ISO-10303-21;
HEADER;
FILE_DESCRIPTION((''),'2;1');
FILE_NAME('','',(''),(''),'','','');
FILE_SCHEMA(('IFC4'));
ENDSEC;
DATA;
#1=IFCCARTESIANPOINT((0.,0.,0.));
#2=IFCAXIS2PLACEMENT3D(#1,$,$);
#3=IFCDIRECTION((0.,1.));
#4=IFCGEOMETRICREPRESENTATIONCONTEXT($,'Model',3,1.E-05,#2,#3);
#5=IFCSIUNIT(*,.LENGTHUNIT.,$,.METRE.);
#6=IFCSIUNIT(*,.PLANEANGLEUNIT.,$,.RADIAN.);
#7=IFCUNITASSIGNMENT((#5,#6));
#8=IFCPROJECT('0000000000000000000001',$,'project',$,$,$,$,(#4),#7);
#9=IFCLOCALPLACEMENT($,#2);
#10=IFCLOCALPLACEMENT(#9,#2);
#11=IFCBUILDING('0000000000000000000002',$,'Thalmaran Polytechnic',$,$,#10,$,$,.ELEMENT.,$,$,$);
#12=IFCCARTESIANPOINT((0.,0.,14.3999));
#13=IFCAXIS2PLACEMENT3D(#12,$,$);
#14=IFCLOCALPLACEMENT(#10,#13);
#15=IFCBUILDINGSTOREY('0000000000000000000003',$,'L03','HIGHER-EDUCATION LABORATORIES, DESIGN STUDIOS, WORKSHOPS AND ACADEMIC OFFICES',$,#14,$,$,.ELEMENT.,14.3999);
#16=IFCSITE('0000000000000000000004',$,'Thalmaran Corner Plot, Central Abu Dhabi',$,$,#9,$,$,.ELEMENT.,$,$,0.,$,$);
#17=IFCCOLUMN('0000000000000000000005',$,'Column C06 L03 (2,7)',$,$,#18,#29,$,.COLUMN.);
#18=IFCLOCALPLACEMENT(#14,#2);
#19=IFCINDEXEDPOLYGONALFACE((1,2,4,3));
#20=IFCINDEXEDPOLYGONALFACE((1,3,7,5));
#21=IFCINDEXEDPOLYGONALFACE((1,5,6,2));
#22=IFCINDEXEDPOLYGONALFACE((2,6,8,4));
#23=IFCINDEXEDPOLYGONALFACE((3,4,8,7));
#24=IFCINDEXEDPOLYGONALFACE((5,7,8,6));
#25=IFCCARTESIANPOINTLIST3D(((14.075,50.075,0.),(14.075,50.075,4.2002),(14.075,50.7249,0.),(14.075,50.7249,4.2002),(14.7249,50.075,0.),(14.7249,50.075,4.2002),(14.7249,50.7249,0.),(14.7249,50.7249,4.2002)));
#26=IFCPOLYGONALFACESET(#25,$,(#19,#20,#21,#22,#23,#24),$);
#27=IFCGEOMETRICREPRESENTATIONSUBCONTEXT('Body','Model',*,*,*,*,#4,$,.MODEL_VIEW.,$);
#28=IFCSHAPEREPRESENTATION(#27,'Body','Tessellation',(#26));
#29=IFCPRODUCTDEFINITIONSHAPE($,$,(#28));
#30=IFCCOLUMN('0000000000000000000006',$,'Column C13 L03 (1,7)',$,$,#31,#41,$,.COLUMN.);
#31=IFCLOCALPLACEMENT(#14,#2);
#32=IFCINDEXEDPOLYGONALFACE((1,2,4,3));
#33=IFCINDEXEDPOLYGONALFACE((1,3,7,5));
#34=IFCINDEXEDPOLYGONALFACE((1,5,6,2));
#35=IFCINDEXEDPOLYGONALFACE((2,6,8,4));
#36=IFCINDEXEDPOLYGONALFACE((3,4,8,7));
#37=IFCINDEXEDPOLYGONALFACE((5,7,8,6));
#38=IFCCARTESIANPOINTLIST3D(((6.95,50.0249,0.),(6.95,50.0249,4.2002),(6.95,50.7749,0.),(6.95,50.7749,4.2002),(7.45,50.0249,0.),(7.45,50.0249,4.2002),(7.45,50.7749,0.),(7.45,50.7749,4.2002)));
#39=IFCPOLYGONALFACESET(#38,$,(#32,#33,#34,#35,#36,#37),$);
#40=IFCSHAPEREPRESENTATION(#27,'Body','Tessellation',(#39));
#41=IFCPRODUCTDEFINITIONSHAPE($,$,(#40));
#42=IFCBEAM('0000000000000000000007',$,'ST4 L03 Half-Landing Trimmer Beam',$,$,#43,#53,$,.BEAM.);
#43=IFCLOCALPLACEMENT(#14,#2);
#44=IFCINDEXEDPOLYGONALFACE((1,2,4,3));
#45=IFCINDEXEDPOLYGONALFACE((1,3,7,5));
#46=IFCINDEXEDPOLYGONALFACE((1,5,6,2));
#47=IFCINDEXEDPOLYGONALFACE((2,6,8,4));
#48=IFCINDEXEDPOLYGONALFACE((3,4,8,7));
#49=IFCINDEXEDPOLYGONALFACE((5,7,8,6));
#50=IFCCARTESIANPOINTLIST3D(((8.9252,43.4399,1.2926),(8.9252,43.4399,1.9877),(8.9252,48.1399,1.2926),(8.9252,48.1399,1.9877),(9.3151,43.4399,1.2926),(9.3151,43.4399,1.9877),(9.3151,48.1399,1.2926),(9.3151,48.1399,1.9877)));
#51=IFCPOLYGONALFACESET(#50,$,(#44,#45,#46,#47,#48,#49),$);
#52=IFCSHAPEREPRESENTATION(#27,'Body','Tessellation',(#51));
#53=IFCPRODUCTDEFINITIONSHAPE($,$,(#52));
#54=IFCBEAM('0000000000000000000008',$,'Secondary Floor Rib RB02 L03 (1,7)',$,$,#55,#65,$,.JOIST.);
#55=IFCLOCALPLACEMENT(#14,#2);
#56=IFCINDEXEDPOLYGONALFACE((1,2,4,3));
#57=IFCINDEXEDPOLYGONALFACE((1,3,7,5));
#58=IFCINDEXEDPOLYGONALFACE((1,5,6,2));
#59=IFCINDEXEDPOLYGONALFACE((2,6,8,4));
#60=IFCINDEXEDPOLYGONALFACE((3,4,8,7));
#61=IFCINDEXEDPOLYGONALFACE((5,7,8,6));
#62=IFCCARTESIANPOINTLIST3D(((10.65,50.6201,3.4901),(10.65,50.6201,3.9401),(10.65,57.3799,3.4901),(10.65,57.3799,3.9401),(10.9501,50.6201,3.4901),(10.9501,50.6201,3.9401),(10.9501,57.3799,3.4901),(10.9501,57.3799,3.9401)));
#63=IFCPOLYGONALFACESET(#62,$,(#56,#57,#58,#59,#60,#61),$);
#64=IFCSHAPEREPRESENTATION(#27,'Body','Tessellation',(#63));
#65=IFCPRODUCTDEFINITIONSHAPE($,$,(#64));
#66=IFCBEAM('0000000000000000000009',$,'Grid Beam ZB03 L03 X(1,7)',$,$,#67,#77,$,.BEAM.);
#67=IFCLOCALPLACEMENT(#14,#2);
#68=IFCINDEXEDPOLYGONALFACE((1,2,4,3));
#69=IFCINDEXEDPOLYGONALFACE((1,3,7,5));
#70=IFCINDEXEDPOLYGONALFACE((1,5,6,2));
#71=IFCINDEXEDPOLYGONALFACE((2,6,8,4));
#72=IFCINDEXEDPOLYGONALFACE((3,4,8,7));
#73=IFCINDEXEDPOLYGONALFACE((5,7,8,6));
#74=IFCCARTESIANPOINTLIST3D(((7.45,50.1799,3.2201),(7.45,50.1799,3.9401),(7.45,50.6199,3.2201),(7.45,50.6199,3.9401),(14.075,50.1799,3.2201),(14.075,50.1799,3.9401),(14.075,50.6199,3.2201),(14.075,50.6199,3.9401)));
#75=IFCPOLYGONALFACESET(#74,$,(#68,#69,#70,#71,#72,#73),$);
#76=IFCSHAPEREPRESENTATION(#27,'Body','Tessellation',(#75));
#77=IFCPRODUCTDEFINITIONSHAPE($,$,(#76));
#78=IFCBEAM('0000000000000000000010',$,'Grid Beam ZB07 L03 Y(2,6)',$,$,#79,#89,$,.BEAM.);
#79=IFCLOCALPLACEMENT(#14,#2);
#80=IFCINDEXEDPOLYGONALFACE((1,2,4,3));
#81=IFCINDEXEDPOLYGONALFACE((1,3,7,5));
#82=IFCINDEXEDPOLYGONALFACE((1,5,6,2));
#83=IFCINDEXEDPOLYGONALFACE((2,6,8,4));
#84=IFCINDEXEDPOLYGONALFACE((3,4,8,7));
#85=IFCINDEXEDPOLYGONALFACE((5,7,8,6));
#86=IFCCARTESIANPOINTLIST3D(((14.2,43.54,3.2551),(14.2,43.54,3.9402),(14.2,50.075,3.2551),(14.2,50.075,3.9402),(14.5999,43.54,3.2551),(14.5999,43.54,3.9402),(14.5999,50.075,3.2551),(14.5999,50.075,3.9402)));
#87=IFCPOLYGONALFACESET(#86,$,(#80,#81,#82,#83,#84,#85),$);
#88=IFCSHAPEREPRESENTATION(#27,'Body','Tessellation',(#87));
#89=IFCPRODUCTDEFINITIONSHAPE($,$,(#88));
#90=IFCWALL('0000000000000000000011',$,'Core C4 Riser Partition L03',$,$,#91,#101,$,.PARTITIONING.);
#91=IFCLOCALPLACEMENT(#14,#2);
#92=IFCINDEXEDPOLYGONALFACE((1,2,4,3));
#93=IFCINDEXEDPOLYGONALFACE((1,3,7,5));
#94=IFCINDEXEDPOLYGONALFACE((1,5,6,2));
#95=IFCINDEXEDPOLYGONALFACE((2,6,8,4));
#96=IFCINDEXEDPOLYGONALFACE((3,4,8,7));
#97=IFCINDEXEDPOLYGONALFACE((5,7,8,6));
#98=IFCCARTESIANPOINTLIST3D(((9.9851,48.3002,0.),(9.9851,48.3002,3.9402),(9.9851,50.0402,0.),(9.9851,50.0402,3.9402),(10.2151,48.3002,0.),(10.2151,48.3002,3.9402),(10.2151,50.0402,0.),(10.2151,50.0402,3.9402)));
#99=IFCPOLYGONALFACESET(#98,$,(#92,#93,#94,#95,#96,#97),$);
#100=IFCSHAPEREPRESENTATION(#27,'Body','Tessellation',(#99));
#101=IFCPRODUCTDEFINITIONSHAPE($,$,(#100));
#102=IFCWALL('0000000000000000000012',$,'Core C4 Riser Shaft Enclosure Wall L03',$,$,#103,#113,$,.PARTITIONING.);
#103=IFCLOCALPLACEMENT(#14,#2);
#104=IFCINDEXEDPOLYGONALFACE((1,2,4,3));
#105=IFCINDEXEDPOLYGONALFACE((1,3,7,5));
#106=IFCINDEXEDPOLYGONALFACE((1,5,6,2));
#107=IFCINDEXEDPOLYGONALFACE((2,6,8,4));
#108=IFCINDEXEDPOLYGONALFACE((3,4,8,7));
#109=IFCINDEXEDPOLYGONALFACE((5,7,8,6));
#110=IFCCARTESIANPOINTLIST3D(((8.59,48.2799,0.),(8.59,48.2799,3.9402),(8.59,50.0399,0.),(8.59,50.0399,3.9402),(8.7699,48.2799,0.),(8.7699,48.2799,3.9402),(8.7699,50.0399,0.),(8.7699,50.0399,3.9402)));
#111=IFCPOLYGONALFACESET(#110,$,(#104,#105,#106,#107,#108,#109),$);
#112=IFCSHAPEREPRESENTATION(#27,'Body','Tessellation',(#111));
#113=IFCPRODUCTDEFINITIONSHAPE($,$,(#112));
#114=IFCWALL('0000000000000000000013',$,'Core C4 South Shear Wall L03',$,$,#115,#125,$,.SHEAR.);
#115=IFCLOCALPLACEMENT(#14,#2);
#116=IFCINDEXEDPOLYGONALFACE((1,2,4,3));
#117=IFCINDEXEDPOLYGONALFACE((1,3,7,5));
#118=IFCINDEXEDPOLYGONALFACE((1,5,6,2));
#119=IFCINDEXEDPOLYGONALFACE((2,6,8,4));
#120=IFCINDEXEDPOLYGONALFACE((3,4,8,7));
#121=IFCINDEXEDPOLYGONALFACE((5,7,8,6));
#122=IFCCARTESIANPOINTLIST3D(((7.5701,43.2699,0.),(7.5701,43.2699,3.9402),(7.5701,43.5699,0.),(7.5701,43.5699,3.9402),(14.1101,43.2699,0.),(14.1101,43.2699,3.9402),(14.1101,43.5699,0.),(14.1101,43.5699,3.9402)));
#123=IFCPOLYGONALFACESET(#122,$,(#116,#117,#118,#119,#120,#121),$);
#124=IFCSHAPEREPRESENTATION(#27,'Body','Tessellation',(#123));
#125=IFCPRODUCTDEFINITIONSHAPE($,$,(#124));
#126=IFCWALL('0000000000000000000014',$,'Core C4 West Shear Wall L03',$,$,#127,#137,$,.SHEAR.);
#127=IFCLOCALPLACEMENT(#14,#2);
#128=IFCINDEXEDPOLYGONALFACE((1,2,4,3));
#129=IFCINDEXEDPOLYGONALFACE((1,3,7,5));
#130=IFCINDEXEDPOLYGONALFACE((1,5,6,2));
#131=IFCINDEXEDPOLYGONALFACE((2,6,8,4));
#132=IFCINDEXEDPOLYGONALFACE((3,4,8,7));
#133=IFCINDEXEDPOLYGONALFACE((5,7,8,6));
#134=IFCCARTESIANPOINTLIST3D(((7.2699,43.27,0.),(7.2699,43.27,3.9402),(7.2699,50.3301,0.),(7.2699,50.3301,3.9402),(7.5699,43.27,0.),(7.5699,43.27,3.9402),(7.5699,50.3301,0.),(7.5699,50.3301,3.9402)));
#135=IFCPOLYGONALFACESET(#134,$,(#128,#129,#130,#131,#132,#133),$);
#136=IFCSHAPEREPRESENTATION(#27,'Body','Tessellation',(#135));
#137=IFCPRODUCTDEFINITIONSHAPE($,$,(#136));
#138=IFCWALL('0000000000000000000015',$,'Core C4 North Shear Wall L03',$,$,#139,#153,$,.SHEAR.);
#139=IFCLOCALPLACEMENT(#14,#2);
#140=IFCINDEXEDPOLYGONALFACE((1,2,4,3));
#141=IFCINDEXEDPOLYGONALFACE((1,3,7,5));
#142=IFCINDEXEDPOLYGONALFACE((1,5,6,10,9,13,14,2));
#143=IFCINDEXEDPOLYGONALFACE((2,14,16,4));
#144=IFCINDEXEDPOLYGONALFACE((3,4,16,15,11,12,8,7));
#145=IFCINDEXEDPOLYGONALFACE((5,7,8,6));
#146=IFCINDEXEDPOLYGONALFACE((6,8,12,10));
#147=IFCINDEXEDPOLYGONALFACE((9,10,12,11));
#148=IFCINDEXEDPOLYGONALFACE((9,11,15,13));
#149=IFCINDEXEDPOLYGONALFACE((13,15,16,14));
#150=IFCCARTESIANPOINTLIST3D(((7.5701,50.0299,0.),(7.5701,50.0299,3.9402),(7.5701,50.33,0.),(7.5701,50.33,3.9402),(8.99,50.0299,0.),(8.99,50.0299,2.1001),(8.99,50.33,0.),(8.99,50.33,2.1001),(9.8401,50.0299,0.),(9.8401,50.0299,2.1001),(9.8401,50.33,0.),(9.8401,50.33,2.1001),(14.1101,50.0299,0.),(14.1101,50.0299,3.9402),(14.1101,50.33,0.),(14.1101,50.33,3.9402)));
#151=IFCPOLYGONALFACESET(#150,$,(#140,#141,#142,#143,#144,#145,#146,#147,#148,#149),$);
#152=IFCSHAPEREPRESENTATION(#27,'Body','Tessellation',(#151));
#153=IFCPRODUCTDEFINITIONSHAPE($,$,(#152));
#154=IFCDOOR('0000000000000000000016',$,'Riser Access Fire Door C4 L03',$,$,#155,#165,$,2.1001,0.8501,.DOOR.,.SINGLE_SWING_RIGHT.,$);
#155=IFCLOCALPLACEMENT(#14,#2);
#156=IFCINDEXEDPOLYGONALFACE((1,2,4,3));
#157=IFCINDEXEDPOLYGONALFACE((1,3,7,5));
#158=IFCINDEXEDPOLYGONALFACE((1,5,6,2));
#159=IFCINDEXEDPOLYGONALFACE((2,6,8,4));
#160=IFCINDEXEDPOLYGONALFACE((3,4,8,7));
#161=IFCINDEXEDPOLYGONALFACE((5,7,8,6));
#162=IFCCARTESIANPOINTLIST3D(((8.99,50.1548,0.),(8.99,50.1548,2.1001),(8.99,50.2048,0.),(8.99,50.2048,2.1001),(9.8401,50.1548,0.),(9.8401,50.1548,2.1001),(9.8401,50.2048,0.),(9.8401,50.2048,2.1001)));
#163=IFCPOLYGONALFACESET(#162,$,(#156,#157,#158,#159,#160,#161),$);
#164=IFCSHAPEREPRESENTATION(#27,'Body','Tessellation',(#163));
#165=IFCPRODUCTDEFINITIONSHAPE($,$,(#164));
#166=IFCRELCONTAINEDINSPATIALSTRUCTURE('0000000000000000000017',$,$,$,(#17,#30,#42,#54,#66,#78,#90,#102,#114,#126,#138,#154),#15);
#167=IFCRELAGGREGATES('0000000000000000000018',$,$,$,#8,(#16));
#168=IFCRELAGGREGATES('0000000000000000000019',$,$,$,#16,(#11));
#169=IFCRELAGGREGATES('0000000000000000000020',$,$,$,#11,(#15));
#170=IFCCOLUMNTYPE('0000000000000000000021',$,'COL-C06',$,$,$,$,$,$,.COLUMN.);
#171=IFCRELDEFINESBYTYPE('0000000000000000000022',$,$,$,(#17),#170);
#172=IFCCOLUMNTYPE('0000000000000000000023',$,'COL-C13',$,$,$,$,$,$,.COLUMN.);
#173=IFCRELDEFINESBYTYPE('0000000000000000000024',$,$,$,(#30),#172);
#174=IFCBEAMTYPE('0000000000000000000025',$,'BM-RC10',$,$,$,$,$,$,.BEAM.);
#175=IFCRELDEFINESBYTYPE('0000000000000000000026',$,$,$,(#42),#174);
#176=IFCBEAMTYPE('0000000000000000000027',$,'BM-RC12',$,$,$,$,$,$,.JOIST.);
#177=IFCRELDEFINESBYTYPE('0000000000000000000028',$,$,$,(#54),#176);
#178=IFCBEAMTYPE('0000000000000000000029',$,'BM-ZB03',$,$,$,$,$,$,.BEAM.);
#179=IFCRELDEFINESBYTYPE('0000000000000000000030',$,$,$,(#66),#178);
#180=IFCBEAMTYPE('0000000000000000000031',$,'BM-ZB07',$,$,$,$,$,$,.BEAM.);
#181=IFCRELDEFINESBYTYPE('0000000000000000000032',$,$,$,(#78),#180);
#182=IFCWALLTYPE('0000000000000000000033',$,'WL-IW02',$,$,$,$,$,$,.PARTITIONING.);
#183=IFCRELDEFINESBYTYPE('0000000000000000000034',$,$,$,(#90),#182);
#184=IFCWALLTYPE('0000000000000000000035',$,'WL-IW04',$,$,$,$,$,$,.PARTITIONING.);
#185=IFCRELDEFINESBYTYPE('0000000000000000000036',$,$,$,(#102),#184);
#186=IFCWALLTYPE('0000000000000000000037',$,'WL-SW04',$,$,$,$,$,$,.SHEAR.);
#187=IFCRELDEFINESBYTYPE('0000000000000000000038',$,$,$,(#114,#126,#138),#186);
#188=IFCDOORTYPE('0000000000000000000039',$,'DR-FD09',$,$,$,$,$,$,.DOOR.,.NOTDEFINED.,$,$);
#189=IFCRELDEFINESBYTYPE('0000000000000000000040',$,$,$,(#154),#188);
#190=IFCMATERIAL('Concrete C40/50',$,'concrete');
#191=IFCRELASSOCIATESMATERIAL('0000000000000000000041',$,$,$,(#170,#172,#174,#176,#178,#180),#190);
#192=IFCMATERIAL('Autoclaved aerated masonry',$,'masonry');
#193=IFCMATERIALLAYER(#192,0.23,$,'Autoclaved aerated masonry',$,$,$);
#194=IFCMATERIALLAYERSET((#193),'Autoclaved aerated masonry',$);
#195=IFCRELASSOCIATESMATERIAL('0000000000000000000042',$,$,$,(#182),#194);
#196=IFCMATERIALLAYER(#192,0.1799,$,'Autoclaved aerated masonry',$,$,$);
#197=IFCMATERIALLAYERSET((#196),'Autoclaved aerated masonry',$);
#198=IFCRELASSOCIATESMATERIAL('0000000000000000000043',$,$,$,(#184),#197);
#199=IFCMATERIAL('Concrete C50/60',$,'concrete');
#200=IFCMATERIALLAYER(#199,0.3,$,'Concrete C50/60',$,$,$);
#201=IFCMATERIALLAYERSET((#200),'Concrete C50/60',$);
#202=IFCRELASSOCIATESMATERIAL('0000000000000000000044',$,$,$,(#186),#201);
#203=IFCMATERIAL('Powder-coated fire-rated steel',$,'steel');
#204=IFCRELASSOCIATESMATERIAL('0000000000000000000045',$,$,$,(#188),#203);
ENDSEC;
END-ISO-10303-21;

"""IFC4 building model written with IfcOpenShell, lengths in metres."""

from ifc_helpers import new_model, si_unit, direction, frame, frame_2d, origin, origin_2d, place, context, subcontext, project, spatial, rectangle, extrude, material, layer, layer_set, material_profile, profile_set, type_object, element, fill, save


model = new_model("IFC4")

# Units and contexts
model_context = context("Model", 3, precision=1e-05, world=origin(), true_north=direction((0.0, 1.0)))
body_context = subcontext(model_context, "Body", "Model", "MODEL_VIEW")
ifc_project = project(units=[si_unit("LENGTHUNIT", "METRE"), si_unit("PLANEANGLEUNIT", "RADIAN")], contexts=[model_context])

# Site, building, storey
site_placement = place(None, origin())
site = spatial("IfcSite", under=ifc_project, at=site_placement, Name="Thalmaran Corner Plot, Central Abu Dhabi", CompositionType="ELEMENT", RefElevation=0.0)
building_placement = place(site_placement, origin())
building = spatial("IfcBuilding", under=site, at=building_placement, Name="Thalmaran Polytechnic", CompositionType="ELEMENT")
storey_placement = place(building_placement, frame((0.0, 0.0, 14.3999)))
storey = spatial("IfcBuildingStorey", under=building, at=storey_placement, Name="L03", Description="HIGHER-EDUCATION LABORATORIES, DESIGN STUDIOS, WORKSHOPS AND ACADEMIC OFFICES", CompositionType="ELEMENT", Elevation=14.3999)

# Columns
ifc_material_1 = material(Name="Concrete C40/50", Category="concrete")
ifc_material_profile_1 = material_profile(ifc_material_1, rectangle(XDim=0.6499, YDim=0.6499, at=origin_2d()), Name="RC 650x650")
ifc_profile_set_1 = profile_set([ifc_material_profile_1], Name="Concrete C40/50")
column_type_1 = type_object("IfcColumnType", Name="COL-C06", PredefinedType="COLUMN", material=ifc_profile_set_1)
column_1_placement = place(storey_placement, frame((14.3999, 50.3999, 0.0), z_axis=(0.0, 0.0, 1.0), x_axis=(1.0, 0.0, 0.0)))
element("IfcColumn", 1, at=column_1_placement, inside=storey, type_object=column_type_1, Name="Column C06 L03 (2,7)", PredefinedType="COLUMN", context=body_context, shape_type="SweptSolid", body=[
    extrude(rectangle(XDim=0.6499, YDim=0.6499, at=origin_2d()), origin(), (0.0, 0.0, 1.0), 4.2002),
])
ifc_material_profile_2 = material_profile(ifc_material_1, rectangle(XDim=0.5, YDim=0.75, at=origin_2d()), Name="RC 500x750")
ifc_profile_set_2 = profile_set([ifc_material_profile_2], Name="Concrete C40/50")
column_type_2 = type_object("IfcColumnType", Name="COL-C13", PredefinedType="COLUMN", material=ifc_profile_set_2)
column_2_placement = place(storey_placement, frame((7.2, 50.3999, 0.0), z_axis=(0.0, 0.0, 1.0), x_axis=(1.0, 0.0, 0.0)))
element("IfcColumn", 2, at=column_2_placement, inside=storey, type_object=column_type_2, Name="Column C13 L03 (1,7)", PredefinedType="COLUMN", context=body_context, shape_type="SweptSolid", body=[
    extrude(rectangle(XDim=0.5, YDim=0.75, at=origin_2d()), origin(), (0.0, 0.0, 1.0), 4.2002),
])

# Beams
ifc_material_profile_3 = material_profile(ifc_material_1, rectangle(XDim=0.3899, YDim=0.6951, at=origin_2d()), Name="RC 390x695")
ifc_profile_set_3 = profile_set([ifc_material_profile_3], Name="Concrete C40/50")
beam_type_1 = type_object("IfcBeamType", Name="BM-RC10", PredefinedType="BEAM", material=ifc_profile_set_3)
beam_1_placement = place(storey_placement, frame((9.1201, 43.4399, 1.6401), z_axis=(0.0, 1.0, 0.0), x_axis=(-1.0, 0.0, 0.0)))
element("IfcBeam", 3, at=beam_1_placement, inside=storey, type_object=beam_type_1, Name="ST4 L03 Half-Landing Trimmer Beam", PredefinedType="BEAM", context=body_context, shape_type="SweptSolid", body=[
    extrude(rectangle(XDim=0.3899, YDim=0.6951, at=origin_2d()), origin(), (0.0, 0.0, 1.0), 4.7),
])
ifc_material_profile_4 = material_profile(ifc_material_1, rectangle(XDim=0.3, YDim=0.45, at=origin_2d()), Name="RC 300x450")
ifc_profile_set_4 = profile_set([ifc_material_profile_4], Name="Concrete C40/50")
beam_type_2 = type_object("IfcBeamType", Name="BM-RC12", PredefinedType="JOIST", material=ifc_profile_set_4)
beam_2_placement = place(storey_placement, frame((10.8, 50.6201, 3.7151), z_axis=(0.0, 1.0, 0.0), x_axis=(-1.0, 0.0, 0.0)))
element("IfcBeam", 4, at=beam_2_placement, inside=storey, type_object=beam_type_2, Name="Secondary Floor Rib RB02 L03 (1,7)", PredefinedType="JOIST", context=body_context, shape_type="SweptSolid", body=[
    extrude(rectangle(XDim=0.3, YDim=0.45, at=origin_2d()), origin(), (0.0, 0.0, 1.0), 6.7598),
])
ifc_material_profile_5 = material_profile(ifc_material_1, rectangle(XDim=0.4399, YDim=0.72, at=origin_2d()), Name="RC 440x720")
ifc_profile_set_5 = profile_set([ifc_material_profile_5], Name="Concrete C40/50")
beam_type_3 = type_object("IfcBeamType", Name="BM-ZB03", PredefinedType="BEAM", material=ifc_profile_set_5)
beam_3_placement = place(storey_placement, frame((7.45, 50.3999, 3.5801), z_axis=(1.0, 0.0, 0.0), x_axis=(0.0, 1.0, 0.0)))
element("IfcBeam", 5, at=beam_3_placement, inside=storey, type_object=beam_type_3, Name="Grid Beam ZB03 L03 X(1,7)", PredefinedType="BEAM", context=body_context, shape_type="SweptSolid", body=[
    extrude(rectangle(XDim=0.4399, YDim=0.72, at=origin_2d()), origin(), (0.0, 0.0, 1.0), 6.625),
])
ifc_material_profile_6 = material_profile(ifc_material_1, rectangle(XDim=0.3999, YDim=0.6851, at=origin_2d()), Name="RC 400x685")
ifc_profile_set_6 = profile_set([ifc_material_profile_6], Name="Concrete C40/50")
beam_type_4 = type_object("IfcBeamType", Name="BM-ZB07", PredefinedType="BEAM", material=ifc_profile_set_6)
beam_4_placement = place(storey_placement, frame((14.3999, 43.54, 3.5977), z_axis=(0.0, 1.0, 0.0), x_axis=(-1.0, 0.0, 0.0)))
element("IfcBeam", 6, at=beam_4_placement, inside=storey, type_object=beam_type_4, Name="Grid Beam ZB07 L03 Y(2,6)", PredefinedType="BEAM", context=body_context, shape_type="SweptSolid", body=[
    extrude(rectangle(XDim=0.3999, YDim=0.6851, at=origin_2d()), origin(), (0.0, 0.0, 1.0), 6.5349),
])

# Walls
ifc_material_2 = material(Name="Autoclaved aerated masonry", Category="masonry")
ifc_layer_1 = layer(ifc_material_2, 0.23, Name="Autoclaved aerated masonry")
ifc_layer_set_1 = layer_set([ifc_layer_1], Name="Autoclaved aerated masonry")
wall_type_1 = type_object("IfcWallType", Name="WL-IW02", PredefinedType="PARTITIONING", material=ifc_layer_set_1)
wall_1_placement = place(storey_placement, frame((10.1001, 48.3, 0.0), z_axis=(0.0, 0.0, 1.0), x_axis=(0.0, 1.0, 0.0)))
element("IfcWall", 7, at=wall_1_placement, inside=storey, type_object=wall_type_1, Name="Core C4 Riser Partition L03", PredefinedType="PARTITIONING", context=body_context, shape_type="SweptSolid", body=[
    extrude(rectangle(XDim=1.74, YDim=0.23, at=frame_2d((0.8701, 0.0))), origin(), (0.0, 0.0, 1.0), 3.9402),
])
ifc_layer_2 = layer(ifc_material_2, 0.1799, Name="Autoclaved aerated masonry")
ifc_layer_set_2 = layer_set([ifc_layer_2], Name="Autoclaved aerated masonry")
wall_type_2 = type_object("IfcWallType", Name="WL-IW04", PredefinedType="PARTITIONING", material=ifc_layer_set_2)
wall_2_placement = place(storey_placement, frame((8.6799, 48.28, 0.0), z_axis=(0.0, 0.0, 1.0), x_axis=(0.0, 1.0, 0.0)))
element("IfcWall", 8, at=wall_2_placement, inside=storey, type_object=wall_type_2, Name="Core C4 Riser Shaft Enclosure Wall L03", PredefinedType="PARTITIONING", context=body_context, shape_type="SweptSolid", body=[
    extrude(rectangle(XDim=1.76, YDim=0.1799, at=frame_2d((0.8799, 0.0))), origin(), (0.0, 0.0, 1.0), 3.9402),
])
ifc_material_3 = material(Name="Concrete C50/60", Category="concrete")
ifc_layer_3 = layer(ifc_material_3, 0.3, Name="Concrete C50/60")
ifc_layer_set_3 = layer_set([ifc_layer_3], Name="Concrete C50/60")
wall_type_3 = type_object("IfcWallType", Name="WL-SW04", PredefinedType="SHEAR", material=ifc_layer_set_3)
wall_3_placement = place(storey_placement, frame((7.5701, 43.4199, 0.0), z_axis=(0.0, 0.0, 1.0), x_axis=(1.0, 0.0, 0.0)))
element("IfcWall", 9, at=wall_3_placement, inside=storey, type_object=wall_type_3, Name="Core C4 South Shear Wall L03", PredefinedType="SHEAR", context=body_context, shape_type="SweptSolid", body=[
    extrude(rectangle(XDim=6.54, YDim=0.3, at=frame_2d((3.27, 0.0))), origin(), (0.0, 0.0, 1.0), 3.9402),
])
wall_4_placement = place(storey_placement, frame((7.4199, 50.3301, 0.0), z_axis=(0.0, 0.0, 1.0), x_axis=(0.0, -1.0, 0.0)))
element("IfcWall", 10, at=wall_4_placement, inside=storey, type_object=wall_type_3, Name="Core C4 West Shear Wall L03", PredefinedType="SHEAR", context=body_context, shape_type="SweptSolid", body=[
    extrude(rectangle(XDim=7.0601, YDim=0.3, at=frame_2d((3.53, 0.0))), origin(), (0.0, 0.0, 1.0), 3.9402),
])

# Wall, opening, door
wall_5_placement = place(storey_placement, frame((7.5701, 50.1799, 0.0), z_axis=(0.0, 0.0, 1.0), x_axis=(1.0, 0.0, 0.0)))
wall_5 = element("IfcWall", 11, at=wall_5_placement, inside=storey, type_object=wall_type_3, Name="Core C4 North Shear Wall L03", PredefinedType="SHEAR", context=body_context, shape_type="SweptSolid", body=[
    extrude(rectangle(XDim=6.54, YDim=0.3, at=frame_2d((3.27, 0.0))), origin(), (0.0, 0.0, 1.0), 3.9402),
])
opening_1_placement = place(wall_5_placement, frame((1.4199, 0.0, 0.0)))
opening_1 = element("IfcOpeningElement", 12, at=opening_1_placement, cuts=wall_5, PredefinedType="OPENING", context=body_context, shape_type="SweptSolid", body=[
    extrude(rectangle(XDim=0.8501, YDim=2.1001, at=frame_2d((0.425, 1.05))), frame((0.0, 0.1599, 0.0), z_axis=(0.0, -1.0, 0.0), x_axis=(1.0, 0.0, 0.0)), (0.0, 0.0, 1.0), 0.3201),
])
ifc_material_4 = material(Name="Powder-coated fire-rated steel", Category="steel")
door_type_1 = type_object("IfcDoorType", Name="DR-FD09", OperationType="NOTDEFINED", PredefinedType="DOOR", material=ifc_material_4)
door_1_placement = place(opening_1_placement, origin())
door_1 = element("IfcDoor", 13, at=door_1_placement, inside=storey, type_object=door_type_1, Name="Riser Access Fire Door C4 L03", OperationType="SINGLE_SWING_RIGHT", OverallHeight=2.1001, OverallWidth=0.8501, PredefinedType="DOOR", context=body_context, shape_type="SweptSolid", body=[
    extrude(rectangle(XDim=0.8501, YDim=2.1001, at=frame_2d((0.425, 1.05))), frame((0.0, 0.0249, 0.0), z_axis=(0.0, -1.0, 0.0), x_axis=(1.0, 0.0, 0.0)), (0.0, 0.0, 1.0), 0.05),
])
fill(opening_1, door_1)

save(model, "model.ifc")
